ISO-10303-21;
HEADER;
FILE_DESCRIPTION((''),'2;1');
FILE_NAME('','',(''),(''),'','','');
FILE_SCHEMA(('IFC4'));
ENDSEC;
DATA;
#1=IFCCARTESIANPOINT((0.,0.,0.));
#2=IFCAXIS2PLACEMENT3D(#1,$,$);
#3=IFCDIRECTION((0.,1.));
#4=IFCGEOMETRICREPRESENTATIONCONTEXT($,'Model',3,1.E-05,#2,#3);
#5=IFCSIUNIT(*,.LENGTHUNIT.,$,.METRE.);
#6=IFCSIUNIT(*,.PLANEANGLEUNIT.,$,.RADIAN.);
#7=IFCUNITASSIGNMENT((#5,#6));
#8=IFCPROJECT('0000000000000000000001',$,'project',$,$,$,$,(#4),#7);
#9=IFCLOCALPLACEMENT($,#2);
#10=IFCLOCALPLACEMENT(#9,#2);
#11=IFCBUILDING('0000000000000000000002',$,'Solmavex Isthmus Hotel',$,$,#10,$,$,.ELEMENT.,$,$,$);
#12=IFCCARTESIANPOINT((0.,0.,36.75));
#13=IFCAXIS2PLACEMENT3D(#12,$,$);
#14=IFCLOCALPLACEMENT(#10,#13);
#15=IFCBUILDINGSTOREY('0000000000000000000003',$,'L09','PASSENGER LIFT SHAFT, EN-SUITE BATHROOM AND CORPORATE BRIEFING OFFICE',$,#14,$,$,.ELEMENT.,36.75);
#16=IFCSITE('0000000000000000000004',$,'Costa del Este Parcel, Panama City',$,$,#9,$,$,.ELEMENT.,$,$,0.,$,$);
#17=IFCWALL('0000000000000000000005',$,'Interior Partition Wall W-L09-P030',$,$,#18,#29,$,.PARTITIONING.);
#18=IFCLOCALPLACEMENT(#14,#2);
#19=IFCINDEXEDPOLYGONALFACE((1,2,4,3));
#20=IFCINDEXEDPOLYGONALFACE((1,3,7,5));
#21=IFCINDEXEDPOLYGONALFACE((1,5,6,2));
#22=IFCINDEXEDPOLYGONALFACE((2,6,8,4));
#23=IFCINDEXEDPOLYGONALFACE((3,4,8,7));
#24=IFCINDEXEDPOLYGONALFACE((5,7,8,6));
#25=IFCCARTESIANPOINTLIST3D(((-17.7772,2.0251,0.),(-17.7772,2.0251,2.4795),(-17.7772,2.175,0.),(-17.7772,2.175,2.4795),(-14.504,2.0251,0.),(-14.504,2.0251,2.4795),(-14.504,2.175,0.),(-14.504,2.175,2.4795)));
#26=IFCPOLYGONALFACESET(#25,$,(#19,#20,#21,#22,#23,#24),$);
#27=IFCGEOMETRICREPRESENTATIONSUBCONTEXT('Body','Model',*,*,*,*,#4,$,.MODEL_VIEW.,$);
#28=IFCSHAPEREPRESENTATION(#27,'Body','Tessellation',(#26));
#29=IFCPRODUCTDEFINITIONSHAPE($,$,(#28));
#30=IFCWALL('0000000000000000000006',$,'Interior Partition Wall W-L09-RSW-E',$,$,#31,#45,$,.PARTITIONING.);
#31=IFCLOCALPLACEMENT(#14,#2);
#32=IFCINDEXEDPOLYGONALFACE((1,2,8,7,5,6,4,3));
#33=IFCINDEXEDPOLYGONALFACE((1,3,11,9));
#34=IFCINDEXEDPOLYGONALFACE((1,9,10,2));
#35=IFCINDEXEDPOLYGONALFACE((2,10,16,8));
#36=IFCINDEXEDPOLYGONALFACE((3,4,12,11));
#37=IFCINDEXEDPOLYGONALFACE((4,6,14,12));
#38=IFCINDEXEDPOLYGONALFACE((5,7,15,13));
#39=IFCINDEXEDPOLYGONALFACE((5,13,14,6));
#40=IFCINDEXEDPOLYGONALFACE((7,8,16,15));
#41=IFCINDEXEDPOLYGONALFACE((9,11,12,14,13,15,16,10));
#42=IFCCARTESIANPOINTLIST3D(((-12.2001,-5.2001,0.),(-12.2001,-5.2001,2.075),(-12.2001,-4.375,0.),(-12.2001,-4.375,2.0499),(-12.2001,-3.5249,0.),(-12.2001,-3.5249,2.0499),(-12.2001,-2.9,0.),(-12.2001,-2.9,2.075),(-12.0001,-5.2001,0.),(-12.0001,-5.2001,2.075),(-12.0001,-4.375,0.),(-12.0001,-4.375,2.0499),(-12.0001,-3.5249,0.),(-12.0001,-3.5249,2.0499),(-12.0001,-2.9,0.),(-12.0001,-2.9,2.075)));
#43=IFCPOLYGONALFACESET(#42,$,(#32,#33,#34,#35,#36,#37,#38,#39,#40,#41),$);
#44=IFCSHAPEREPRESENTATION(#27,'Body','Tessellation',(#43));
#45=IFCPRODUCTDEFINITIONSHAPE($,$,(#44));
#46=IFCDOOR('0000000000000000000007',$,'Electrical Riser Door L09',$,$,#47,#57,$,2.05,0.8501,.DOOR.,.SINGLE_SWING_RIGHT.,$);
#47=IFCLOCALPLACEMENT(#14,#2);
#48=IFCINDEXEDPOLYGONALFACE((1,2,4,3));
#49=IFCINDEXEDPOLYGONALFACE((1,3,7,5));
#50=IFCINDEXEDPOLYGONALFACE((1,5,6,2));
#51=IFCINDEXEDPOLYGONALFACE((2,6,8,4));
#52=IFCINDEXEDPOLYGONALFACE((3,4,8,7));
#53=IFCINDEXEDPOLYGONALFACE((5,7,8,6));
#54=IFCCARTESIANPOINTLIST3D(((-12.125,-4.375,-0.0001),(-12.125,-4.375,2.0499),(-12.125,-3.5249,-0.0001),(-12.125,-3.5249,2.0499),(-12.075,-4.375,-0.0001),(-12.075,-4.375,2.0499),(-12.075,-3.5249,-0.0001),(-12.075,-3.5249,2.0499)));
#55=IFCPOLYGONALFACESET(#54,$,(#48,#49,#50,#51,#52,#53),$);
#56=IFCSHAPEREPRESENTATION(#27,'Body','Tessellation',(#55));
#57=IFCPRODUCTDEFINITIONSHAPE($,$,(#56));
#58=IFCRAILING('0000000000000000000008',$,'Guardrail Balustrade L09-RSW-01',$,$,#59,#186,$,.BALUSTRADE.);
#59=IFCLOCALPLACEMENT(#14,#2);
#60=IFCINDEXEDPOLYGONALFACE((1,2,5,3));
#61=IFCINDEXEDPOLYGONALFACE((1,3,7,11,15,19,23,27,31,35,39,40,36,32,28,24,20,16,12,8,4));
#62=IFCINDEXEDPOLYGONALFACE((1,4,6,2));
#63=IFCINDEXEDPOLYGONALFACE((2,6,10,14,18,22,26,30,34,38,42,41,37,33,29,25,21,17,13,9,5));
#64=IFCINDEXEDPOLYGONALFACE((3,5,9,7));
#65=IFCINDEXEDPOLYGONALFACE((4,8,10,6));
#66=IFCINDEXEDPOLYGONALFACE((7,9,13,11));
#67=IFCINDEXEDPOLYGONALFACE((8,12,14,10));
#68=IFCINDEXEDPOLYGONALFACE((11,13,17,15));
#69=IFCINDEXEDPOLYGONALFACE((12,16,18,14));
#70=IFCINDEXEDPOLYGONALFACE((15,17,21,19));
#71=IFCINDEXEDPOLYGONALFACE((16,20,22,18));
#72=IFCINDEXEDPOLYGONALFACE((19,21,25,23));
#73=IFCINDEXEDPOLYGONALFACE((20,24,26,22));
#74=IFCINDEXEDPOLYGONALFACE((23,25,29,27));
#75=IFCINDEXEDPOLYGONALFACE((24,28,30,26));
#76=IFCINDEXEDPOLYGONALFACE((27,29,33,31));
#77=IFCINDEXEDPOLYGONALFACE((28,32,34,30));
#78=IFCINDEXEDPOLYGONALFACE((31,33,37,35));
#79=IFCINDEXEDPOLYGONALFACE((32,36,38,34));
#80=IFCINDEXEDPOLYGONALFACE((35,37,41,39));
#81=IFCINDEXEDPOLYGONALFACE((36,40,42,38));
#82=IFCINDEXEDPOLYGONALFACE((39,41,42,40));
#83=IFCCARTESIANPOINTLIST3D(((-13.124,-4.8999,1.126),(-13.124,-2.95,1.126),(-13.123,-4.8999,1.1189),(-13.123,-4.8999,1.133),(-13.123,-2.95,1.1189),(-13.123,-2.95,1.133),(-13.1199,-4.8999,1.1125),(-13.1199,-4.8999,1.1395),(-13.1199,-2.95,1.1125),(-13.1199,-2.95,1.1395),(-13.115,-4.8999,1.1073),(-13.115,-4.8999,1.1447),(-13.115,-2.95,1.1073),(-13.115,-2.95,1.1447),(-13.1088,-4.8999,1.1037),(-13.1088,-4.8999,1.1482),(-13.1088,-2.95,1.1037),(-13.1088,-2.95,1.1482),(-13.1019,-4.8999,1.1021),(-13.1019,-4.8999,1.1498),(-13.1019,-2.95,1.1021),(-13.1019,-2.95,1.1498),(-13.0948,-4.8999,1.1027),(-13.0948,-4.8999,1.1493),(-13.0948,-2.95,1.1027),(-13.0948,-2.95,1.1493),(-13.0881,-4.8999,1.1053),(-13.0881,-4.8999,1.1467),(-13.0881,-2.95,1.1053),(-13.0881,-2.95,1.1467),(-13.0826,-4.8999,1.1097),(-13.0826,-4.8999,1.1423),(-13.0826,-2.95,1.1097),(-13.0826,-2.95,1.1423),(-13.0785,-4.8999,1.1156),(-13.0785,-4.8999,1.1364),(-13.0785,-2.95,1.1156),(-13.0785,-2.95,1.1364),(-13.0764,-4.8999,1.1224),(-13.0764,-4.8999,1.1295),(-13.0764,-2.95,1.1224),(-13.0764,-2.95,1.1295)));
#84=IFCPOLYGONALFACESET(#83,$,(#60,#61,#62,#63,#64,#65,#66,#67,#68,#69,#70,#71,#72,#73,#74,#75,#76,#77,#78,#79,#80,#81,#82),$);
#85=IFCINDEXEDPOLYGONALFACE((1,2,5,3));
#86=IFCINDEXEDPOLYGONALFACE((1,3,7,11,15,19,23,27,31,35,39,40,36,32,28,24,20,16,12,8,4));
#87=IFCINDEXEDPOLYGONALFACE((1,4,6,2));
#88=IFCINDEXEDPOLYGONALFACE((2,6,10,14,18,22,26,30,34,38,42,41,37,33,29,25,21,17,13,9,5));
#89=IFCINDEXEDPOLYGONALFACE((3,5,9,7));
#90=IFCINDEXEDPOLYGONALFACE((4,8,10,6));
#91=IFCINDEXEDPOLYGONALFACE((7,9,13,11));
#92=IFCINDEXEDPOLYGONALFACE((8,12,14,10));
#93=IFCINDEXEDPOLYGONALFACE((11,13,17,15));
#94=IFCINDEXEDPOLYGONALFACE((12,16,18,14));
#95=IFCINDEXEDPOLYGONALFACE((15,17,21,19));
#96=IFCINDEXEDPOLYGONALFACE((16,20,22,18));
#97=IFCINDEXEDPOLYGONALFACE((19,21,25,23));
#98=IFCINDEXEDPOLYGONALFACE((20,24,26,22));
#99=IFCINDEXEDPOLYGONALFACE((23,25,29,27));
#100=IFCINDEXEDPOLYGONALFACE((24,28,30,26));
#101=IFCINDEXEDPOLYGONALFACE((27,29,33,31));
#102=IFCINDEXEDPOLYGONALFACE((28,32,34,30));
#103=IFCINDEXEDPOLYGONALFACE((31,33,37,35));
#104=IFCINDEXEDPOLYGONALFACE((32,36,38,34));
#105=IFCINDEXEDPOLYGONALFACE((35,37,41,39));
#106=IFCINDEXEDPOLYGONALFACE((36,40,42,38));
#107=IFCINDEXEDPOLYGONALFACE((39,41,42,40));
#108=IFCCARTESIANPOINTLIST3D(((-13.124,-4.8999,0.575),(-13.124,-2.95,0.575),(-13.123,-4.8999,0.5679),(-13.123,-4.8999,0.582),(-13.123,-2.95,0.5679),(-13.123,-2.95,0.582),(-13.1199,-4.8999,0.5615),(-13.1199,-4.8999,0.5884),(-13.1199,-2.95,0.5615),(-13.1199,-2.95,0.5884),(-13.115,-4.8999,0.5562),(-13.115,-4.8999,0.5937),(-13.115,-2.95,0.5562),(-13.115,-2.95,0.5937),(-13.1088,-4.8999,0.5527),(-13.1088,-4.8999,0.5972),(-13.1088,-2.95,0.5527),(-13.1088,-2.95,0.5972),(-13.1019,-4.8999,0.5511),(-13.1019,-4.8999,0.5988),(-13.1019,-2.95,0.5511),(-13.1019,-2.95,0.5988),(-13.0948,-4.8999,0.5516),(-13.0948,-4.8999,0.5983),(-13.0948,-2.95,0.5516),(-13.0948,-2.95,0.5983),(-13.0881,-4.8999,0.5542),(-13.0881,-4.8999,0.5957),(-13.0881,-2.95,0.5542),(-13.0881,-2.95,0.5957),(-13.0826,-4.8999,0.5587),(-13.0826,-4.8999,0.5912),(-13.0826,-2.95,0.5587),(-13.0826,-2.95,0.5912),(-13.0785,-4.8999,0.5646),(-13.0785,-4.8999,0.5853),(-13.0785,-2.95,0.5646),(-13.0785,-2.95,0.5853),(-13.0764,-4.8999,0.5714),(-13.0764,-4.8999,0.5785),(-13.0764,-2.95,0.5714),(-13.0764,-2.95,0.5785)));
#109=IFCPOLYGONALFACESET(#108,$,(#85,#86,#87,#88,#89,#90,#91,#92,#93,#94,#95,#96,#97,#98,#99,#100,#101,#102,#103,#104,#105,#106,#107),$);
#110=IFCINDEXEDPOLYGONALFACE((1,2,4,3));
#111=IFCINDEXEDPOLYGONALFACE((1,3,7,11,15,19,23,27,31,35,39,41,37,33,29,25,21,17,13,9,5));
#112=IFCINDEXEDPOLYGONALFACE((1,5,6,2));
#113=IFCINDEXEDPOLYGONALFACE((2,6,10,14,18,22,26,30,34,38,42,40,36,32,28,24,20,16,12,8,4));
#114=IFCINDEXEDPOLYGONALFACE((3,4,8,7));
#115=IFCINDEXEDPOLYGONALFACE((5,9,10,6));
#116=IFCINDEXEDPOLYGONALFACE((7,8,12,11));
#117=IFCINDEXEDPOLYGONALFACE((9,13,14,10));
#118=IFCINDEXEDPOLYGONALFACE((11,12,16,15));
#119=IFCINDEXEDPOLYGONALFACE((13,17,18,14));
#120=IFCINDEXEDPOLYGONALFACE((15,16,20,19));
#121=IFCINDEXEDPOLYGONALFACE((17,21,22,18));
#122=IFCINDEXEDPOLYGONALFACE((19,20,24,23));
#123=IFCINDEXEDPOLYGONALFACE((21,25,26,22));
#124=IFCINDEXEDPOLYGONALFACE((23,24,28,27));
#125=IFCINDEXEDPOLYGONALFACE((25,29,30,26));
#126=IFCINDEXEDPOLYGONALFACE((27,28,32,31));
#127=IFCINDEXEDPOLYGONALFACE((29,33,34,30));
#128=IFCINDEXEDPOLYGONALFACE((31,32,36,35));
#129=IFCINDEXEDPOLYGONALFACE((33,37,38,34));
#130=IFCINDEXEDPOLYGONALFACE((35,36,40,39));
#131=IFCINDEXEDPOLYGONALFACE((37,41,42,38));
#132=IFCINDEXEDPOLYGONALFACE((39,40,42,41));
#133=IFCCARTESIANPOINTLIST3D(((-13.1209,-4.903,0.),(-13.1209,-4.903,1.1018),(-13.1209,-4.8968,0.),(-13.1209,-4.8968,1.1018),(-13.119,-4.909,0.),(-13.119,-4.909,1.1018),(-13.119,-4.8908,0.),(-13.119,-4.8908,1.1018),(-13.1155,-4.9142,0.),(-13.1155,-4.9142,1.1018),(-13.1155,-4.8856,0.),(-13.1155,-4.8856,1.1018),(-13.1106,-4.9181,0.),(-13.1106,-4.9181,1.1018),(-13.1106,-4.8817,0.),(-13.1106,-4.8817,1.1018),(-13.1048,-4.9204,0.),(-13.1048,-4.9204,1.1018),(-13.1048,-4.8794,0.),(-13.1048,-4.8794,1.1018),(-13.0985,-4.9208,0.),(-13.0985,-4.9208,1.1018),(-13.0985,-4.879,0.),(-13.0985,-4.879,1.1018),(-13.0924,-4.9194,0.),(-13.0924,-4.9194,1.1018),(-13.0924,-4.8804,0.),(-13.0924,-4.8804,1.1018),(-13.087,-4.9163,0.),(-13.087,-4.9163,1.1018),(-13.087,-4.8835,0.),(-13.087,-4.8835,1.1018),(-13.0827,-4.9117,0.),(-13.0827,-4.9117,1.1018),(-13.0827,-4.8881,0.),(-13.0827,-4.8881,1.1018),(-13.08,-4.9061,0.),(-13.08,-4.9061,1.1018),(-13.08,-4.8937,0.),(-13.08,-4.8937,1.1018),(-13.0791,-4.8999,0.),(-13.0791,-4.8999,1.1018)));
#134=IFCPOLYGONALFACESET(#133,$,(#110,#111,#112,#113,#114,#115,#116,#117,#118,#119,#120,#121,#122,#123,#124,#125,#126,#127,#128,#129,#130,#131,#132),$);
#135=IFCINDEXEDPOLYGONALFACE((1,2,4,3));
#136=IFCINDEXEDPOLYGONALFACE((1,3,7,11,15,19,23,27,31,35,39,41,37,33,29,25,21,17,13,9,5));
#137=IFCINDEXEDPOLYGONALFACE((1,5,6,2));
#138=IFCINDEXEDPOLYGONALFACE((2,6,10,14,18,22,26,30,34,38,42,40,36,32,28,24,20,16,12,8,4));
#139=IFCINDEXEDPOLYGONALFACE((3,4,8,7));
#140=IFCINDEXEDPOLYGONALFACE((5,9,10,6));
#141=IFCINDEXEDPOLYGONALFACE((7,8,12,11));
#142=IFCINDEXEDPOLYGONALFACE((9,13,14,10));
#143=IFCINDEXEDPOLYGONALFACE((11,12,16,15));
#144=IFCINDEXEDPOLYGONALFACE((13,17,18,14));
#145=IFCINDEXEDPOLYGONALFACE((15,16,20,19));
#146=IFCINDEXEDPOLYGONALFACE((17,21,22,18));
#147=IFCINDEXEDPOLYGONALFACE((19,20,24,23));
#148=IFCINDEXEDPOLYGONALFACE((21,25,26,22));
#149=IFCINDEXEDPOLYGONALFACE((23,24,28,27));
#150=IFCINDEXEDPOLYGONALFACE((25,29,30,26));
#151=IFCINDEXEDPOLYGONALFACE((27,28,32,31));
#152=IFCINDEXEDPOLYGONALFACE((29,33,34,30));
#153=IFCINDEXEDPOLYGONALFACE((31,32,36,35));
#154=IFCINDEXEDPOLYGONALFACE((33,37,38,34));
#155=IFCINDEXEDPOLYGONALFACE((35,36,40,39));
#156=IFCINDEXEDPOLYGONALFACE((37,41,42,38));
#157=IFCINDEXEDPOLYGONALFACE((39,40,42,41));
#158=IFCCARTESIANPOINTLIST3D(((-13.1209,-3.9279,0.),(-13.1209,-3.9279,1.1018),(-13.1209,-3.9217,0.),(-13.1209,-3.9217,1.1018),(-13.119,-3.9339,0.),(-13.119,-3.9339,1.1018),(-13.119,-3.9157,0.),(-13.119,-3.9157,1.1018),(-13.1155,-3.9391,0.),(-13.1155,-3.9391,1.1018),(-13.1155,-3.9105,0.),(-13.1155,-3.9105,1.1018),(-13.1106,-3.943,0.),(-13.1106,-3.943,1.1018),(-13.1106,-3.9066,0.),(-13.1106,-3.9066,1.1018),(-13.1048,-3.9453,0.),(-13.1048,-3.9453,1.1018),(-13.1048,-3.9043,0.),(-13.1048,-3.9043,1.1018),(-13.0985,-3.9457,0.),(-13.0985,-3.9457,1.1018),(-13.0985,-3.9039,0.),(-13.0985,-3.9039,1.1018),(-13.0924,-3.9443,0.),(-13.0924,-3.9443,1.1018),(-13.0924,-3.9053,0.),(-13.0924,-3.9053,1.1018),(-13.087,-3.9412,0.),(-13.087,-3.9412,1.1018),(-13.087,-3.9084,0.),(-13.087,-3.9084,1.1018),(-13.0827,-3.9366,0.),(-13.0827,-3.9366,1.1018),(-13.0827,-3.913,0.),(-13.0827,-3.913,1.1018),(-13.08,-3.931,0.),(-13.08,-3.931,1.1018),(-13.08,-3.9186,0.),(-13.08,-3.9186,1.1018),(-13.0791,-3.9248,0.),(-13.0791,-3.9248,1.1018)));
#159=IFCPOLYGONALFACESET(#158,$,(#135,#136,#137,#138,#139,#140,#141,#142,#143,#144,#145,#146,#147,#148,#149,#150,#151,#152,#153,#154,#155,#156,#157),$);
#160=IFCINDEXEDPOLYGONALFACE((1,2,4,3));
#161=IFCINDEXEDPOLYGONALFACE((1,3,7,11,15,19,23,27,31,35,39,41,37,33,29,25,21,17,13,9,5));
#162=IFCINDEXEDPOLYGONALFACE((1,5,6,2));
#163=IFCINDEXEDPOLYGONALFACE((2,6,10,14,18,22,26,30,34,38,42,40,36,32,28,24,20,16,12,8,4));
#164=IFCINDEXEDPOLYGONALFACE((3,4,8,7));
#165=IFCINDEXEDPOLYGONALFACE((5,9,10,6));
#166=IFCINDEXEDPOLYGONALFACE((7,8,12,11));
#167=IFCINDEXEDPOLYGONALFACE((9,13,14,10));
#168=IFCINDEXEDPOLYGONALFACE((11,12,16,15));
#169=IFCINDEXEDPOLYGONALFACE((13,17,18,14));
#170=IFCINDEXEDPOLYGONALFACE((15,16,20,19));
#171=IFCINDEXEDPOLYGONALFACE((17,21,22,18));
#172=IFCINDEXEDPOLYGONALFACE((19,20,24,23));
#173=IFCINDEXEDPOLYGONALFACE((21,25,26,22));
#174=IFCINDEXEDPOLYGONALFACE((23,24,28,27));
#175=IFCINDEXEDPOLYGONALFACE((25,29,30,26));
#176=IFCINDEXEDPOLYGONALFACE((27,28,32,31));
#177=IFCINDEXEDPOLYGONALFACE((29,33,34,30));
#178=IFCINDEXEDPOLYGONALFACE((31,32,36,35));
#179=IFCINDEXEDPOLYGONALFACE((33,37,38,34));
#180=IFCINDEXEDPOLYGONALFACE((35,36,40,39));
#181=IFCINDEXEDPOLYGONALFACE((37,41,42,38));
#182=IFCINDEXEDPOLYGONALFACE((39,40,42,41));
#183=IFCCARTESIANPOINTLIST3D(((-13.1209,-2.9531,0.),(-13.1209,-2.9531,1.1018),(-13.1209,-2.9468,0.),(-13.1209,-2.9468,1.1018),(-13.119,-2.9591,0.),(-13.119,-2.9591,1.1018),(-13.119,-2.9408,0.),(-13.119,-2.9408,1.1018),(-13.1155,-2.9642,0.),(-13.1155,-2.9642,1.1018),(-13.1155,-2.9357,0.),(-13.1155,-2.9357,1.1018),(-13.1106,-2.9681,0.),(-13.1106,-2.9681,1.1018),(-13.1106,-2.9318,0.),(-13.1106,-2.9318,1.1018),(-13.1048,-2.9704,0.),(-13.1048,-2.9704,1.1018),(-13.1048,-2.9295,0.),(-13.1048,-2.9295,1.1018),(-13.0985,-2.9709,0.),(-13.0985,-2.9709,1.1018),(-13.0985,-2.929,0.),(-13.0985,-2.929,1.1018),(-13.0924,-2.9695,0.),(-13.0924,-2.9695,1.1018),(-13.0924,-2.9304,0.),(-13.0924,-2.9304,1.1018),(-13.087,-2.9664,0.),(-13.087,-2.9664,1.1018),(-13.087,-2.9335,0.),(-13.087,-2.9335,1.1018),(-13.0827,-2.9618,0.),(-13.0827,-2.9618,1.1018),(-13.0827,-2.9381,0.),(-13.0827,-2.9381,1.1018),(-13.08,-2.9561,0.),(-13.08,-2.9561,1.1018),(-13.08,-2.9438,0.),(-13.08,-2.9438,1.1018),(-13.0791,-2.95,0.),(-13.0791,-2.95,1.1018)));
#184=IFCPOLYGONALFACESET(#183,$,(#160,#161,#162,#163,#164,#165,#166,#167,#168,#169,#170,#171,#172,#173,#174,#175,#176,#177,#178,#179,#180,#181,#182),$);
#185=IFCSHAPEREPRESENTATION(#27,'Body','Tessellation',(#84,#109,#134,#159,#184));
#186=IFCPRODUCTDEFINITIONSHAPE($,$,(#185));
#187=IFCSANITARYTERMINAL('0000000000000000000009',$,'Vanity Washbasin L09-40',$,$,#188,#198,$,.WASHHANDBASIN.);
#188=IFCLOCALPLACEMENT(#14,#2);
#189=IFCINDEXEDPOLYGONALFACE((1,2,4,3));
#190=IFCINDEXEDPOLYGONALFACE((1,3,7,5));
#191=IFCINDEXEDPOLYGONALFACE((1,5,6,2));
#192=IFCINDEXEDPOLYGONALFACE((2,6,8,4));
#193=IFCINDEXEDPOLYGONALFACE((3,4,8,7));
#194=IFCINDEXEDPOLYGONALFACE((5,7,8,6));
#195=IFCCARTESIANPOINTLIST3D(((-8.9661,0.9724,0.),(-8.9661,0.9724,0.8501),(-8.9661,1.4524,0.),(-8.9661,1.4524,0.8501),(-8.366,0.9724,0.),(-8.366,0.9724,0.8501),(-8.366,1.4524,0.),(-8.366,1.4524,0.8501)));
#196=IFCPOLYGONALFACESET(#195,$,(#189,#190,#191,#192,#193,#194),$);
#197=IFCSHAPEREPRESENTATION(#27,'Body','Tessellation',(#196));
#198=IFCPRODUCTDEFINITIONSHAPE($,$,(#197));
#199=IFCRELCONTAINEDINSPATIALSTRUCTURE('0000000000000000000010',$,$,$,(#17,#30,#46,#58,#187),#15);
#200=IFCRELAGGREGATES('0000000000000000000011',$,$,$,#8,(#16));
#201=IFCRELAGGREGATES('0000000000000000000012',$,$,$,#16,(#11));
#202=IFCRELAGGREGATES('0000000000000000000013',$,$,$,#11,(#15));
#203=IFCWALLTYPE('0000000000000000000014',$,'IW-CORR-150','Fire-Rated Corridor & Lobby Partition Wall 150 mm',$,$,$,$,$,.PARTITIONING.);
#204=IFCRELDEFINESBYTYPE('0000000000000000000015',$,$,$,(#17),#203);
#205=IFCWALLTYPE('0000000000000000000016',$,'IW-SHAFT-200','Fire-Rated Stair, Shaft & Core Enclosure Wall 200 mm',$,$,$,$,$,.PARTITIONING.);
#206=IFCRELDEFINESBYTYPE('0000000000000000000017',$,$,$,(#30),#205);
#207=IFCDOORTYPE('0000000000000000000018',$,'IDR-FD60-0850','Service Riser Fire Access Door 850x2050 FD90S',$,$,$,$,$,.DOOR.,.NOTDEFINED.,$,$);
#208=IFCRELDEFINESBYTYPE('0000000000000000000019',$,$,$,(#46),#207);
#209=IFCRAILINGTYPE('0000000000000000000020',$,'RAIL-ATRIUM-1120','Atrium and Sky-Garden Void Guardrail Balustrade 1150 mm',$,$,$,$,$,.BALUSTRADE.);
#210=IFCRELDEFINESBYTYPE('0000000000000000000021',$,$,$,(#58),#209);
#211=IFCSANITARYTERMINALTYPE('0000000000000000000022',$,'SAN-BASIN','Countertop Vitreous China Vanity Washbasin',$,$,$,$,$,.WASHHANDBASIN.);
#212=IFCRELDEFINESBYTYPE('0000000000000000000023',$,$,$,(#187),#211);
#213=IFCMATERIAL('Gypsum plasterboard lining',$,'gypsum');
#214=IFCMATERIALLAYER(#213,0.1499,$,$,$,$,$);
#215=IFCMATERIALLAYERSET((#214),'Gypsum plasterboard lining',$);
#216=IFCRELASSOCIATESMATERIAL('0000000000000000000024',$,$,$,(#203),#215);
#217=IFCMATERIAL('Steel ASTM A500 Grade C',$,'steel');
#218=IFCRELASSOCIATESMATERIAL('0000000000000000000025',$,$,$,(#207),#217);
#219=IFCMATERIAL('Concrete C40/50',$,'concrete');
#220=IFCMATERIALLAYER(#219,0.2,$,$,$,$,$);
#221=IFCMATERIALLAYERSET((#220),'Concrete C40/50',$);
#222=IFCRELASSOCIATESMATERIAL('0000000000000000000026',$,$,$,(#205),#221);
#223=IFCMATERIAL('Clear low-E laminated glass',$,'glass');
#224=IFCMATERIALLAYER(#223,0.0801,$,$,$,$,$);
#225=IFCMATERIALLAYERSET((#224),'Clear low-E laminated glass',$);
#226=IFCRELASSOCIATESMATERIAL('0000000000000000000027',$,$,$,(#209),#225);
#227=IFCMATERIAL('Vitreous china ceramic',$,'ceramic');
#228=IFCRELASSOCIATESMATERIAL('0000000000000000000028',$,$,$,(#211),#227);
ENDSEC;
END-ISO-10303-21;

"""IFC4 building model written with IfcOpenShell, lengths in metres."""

from ifc_helpers import new_model, si_unit, direction, frame, frame_2d, origin, origin_2d, place, context, subcontext, project, spatial, rectangle, circle, extrude, material, layer, layer_set, type_object, element, fill, save


model = new_model("IFC4")

# Units and contexts
model_context = context("Model", 3, precision=1e-05, world=origin(), true_north=direction((0.0, 1.0)))
body_context = subcontext(model_context, "Body", "Model", "MODEL_VIEW")
ifc_project = project(units=[si_unit("LENGTHUNIT", "METRE"), si_unit("PLANEANGLEUNIT", "RADIAN")], contexts=[model_context])

# Site, building, storey
site_placement = place(None, origin())
site = spatial("IfcSite", under=ifc_project, at=site_placement, Name="Costa del Este Parcel, Panama City", CompositionType="ELEMENT", RefElevation=0.0)
building_placement = place(site_placement, origin())
building = spatial("IfcBuilding", under=site, at=building_placement, Name="Solmavex Isthmus Hotel", CompositionType="ELEMENT")
storey_placement = place(building_placement, frame((0.0, 0.0, 36.75)))
storey = spatial("IfcBuildingStorey", under=building, at=storey_placement, Name="L09", Description="PASSENGER LIFT SHAFT, EN-SUITE BATHROOM AND CORPORATE BRIEFING OFFICE", CompositionType="ELEMENT", Elevation=36.75)

# Shared definitions
ifc_material_1 = material(Name="Gypsum plasterboard lining", Category="gypsum")
ifc_layer_1 = layer(ifc_material_1, 0.1499)
ifc_layer_set_1 = layer_set([ifc_layer_1], Name="Gypsum plasterboard lining")
wall_type_1 = type_object("IfcWallType", Name="IW-CORR-150", Description="Fire-Rated Corridor & Lobby Partition Wall 150 mm", PredefinedType="PARTITIONING", material=ifc_layer_set_1)

# Shared definitions
ifc_material_2 = material(Name="Steel ASTM A500 Grade C", Category="steel")
door_type_1 = type_object("IfcDoorType", Name="IDR-FD60-0850", Description="Service Riser Fire Access Door 850x2050 FD90S", OperationType="NOTDEFINED", PredefinedType="DOOR", material=ifc_material_2)

# Wall
wall_1_placement = place(storey_placement, frame((-14.5039, 2.1001, 0.0), z_axis=(0.0, 0.0, 1.0), x_axis=(-1.0, 0.0, 0.0)))
element("IfcWall", 1, at=wall_1_placement, inside=storey, type_object=wall_type_1, Name="Interior Partition Wall W-L09-P030", PredefinedType="PARTITIONING", context=body_context, shape_type="SweptSolid", body=[
    extrude(rectangle(XDim=3.2732, YDim=0.1499, at=frame_2d((1.6367, 0.0))), origin(), (0.0, 0.0, 1.0), 2.4795),
])

# Wall, opening, door
ifc_material_3 = material(Name="Concrete C40/50", Category="concrete")
ifc_layer_2 = layer(ifc_material_3, 0.2)
ifc_layer_set_2 = layer_set([ifc_layer_2], Name="Concrete C40/50")
wall_type_2 = type_object("IfcWallType", Name="IW-SHAFT-200", Description="Fire-Rated Stair, Shaft & Core Enclosure Wall 200 mm", PredefinedType="PARTITIONING", material=ifc_layer_set_2)
wall_2_placement = place(storey_placement, frame((-12.1001, -5.2, 0.0), z_axis=(0.0, 0.0, 1.0), x_axis=(0.0, 1.0, 0.0)))
wall_2 = element("IfcWall", 2, at=wall_2_placement, inside=storey, type_object=wall_type_2, Name="Interior Partition Wall W-L09-RSW-E", PredefinedType="PARTITIONING", context=body_context, shape_type="SweptSolid", body=[
    extrude(rectangle(XDim=2.3, YDim=0.2, at=frame_2d((1.1499, 0.0))), origin(), (0.0, 0.0, 1.0), 2.075),
])
opening_1_placement = place(wall_2_placement, frame((0.825, 0.0, 0.0)))
opening_1 = element("IfcOpeningElement", 3, at=opening_1_placement, cuts=wall_2, PredefinedType="OPENING", context=body_context, shape_type="SweptSolid", body=[
    extrude(rectangle(XDim=0.8501, YDim=2.05, at=frame_2d((0.425, 1.0249))), frame((0.0, 0.1099, 0.0), z_axis=(0.0, -1.0, 0.0), x_axis=(1.0, 0.0, 0.0)), (0.0, 0.0, 1.0), 0.22),
])
door_1_placement = place(opening_1_placement, origin())
door_1 = element("IfcDoor", 4, at=door_1_placement, inside=storey, type_object=door_type_1, Name="Electrical Riser Door L09", OperationType="SINGLE_SWING_RIGHT", OverallHeight=2.05, OverallWidth=0.8501, PredefinedType="DOOR", context=body_context, shape_type="SweptSolid", body=[
    extrude(rectangle(XDim=0.8501, YDim=2.05, at=frame_2d((0.425, 1.0249))), frame((0.0, 0.0249, 0.0), z_axis=(0.0, -1.0, 0.0), x_axis=(1.0, 0.0, 0.0)), (0.0, 0.0, 1.0), 0.05),
])
fill(opening_1, door_1)

# Railing
ifc_material_4 = material(Name="Clear low-E laminated glass", Category="glass")
ifc_layer_3 = layer(ifc_material_4, 0.0801)
ifc_layer_set_3 = layer_set([ifc_layer_3], Name="Clear low-E laminated glass")
railing_type = type_object("IfcRailingType", Name="RAIL-ATRIUM-1120", Description="Atrium and Sky-Garden Void Guardrail Balustrade 1150 mm", PredefinedType="BALUSTRADE", material=ifc_layer_set_3)
railing_placement = place(storey_placement, frame((-13.1001, -4.8999, 0.0)))
element("IfcRailing", 5, at=railing_placement, inside=storey, type_object=railing_type, Name="Guardrail Balustrade L09-RSW-01", PredefinedType="BALUSTRADE", context=body_context, shape_type="SweptSolid", body=[
    extrude(circle(Radius=0.0239, at=origin_2d()), frame((0.0, 0.0, 1.126), z_axis=(0.0, 1.0, 0.0), x_axis=(-1.0, 0.0, 0.0)), (0.0, 0.0, 1.0), 1.95),
    extrude(circle(Radius=0.0239, at=origin_2d()), frame((0.0, 0.0, 0.575), z_axis=(0.0, 1.0, 0.0), x_axis=(-1.0, 0.0, 0.0)), (0.0, 0.0, 1.0), 1.95),
    extrude(circle(Radius=0.021, at=origin_2d()), origin(), (0.0, 0.0, 1.0), 1.1018),
    extrude(circle(Radius=0.021, at=origin_2d()), frame((0.0, 0.9751, 0.0)), (0.0, 0.0, 1.0), 1.1018),
    extrude(circle(Radius=0.021, at=origin_2d()), frame((0.0, 1.95, 0.0)), (0.0, 0.0, 1.0), 1.1018),
])

# Sanitary terminal
ifc_material_5 = material(Name="Vitreous china ceramic", Category="ceramic")
sanitary_terminal_type_1 = type_object("IfcSanitaryTerminalType", Name="SAN-BASIN", Description="Countertop Vitreous China Vanity Washbasin", PredefinedType="WASHHANDBASIN", material=ifc_material_5)
sanitary_terminal_1_placement = place(storey_placement, frame((-8.666, 1.2124, 0.0), z_axis=(0.0, 0.0, 1.0), x_axis=(1.0, 0.0, 0.0)))
element("IfcSanitaryTerminal", 6, at=sanitary_terminal_1_placement, inside=storey, type_object=sanitary_terminal_type_1, Name="Vanity Washbasin L09-40", PredefinedType="WASHHANDBASIN", context=body_context, shape_type="SweptSolid", body=[
    extrude(rectangle(XDim=0.6001, YDim=0.48, at=origin_2d()), origin(), (0.0, 0.0, 1.0), 0.8501),
])

save(model, "model.ifc")
